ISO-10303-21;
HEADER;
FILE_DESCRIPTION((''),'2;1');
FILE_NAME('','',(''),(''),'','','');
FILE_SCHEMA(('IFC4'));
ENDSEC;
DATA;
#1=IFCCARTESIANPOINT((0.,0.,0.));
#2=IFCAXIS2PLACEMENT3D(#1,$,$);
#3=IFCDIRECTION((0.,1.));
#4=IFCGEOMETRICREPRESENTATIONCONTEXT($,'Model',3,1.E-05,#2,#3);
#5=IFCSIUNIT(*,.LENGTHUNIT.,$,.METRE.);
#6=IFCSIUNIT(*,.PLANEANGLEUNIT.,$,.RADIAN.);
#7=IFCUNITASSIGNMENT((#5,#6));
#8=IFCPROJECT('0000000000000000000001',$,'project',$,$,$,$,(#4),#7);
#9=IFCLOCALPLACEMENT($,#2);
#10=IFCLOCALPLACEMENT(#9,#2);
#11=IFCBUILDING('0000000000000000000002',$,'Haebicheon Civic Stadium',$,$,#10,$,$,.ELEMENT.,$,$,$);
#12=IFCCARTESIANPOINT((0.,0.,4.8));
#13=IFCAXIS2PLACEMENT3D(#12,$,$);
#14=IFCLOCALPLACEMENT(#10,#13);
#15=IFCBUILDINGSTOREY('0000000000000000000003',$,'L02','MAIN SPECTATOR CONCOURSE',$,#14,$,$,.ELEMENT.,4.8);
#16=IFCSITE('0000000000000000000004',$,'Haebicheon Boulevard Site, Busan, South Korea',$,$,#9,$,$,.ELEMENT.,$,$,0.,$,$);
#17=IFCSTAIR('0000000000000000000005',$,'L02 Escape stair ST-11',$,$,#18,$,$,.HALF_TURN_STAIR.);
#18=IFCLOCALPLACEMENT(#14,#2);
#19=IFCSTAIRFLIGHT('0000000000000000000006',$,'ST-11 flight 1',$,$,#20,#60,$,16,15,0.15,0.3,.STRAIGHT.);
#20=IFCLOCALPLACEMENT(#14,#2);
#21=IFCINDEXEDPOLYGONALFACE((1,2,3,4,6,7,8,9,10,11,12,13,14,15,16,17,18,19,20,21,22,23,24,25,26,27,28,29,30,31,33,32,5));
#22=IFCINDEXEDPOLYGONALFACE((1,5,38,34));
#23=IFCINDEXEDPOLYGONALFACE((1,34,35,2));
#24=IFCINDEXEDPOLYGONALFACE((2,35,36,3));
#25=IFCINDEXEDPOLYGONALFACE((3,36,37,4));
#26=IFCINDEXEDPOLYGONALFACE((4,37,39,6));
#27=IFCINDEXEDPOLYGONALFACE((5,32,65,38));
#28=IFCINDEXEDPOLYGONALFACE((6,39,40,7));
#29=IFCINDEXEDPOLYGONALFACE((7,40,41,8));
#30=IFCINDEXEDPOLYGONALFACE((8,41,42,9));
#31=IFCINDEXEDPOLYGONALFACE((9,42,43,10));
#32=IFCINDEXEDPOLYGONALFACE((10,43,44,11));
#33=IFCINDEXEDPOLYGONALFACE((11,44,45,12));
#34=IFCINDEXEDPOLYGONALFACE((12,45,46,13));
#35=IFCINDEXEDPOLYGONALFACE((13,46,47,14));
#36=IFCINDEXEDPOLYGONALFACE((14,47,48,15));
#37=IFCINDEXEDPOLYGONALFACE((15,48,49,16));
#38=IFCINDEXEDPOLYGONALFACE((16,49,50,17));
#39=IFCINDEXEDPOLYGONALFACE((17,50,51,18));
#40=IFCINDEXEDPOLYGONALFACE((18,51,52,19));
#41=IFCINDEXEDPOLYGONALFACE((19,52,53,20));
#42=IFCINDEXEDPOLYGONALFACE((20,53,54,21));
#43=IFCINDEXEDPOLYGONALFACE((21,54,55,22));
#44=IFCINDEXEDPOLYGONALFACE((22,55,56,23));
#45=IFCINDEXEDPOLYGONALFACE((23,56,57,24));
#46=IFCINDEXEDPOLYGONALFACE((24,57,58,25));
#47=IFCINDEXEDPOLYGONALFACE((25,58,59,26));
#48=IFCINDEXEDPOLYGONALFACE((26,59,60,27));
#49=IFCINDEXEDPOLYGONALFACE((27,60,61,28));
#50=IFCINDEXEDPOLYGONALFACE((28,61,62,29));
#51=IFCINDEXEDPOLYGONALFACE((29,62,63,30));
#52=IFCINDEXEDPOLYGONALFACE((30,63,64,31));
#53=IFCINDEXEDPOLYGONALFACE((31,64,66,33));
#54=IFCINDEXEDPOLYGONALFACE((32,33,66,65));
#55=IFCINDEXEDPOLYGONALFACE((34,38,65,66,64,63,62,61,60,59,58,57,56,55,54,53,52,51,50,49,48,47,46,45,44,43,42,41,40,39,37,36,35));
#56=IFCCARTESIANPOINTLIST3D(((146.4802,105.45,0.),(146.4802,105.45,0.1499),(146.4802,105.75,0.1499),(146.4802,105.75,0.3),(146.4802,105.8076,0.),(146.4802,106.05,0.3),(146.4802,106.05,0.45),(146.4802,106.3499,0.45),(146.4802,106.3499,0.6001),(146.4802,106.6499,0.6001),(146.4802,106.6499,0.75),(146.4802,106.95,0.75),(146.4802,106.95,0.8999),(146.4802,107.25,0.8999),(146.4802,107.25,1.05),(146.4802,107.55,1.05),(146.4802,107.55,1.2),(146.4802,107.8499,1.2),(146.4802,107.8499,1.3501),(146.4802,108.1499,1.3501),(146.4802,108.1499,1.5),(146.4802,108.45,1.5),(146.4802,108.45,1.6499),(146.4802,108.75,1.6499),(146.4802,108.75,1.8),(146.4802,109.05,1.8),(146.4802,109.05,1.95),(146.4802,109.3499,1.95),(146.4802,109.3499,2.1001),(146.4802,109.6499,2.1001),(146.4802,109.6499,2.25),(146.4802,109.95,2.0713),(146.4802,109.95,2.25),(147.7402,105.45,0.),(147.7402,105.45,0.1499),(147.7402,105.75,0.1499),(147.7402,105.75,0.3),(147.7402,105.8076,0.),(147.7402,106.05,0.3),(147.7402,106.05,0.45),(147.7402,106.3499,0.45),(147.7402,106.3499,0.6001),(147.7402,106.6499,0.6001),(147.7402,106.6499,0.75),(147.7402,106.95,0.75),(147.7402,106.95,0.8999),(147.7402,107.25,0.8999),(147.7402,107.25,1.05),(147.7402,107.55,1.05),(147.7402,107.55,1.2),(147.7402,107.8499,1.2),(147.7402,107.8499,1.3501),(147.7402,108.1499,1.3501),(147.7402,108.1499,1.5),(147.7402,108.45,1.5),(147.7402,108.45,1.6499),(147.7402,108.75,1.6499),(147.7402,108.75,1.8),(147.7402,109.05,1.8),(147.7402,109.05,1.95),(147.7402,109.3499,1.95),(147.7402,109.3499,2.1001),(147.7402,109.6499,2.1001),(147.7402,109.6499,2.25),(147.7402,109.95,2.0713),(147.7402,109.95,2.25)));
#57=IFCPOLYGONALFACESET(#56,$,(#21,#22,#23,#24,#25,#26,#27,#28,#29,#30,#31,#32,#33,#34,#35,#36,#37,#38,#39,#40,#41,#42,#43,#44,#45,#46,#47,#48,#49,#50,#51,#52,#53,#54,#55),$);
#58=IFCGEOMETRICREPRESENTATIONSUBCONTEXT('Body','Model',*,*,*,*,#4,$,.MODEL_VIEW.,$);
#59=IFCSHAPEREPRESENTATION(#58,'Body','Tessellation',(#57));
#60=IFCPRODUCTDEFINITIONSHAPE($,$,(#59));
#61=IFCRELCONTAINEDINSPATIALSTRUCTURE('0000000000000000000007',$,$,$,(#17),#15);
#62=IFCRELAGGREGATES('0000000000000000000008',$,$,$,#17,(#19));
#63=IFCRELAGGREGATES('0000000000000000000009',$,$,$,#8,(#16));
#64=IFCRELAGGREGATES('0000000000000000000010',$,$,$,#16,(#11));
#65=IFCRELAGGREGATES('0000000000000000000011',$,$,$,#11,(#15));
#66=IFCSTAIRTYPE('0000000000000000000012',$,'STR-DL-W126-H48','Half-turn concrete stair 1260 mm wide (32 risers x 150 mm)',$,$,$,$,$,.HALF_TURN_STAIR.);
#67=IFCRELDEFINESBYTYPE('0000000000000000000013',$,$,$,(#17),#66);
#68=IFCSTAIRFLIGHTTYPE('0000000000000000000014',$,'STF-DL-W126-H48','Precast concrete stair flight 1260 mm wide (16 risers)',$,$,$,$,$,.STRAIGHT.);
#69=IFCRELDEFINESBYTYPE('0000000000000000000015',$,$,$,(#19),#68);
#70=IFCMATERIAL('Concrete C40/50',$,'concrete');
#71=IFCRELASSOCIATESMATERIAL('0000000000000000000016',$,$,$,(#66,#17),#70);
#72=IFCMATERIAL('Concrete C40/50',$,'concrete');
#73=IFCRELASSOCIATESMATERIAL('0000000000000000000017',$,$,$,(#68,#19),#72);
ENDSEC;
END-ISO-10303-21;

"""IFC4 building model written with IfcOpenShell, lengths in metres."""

from ifc_helpers import new_model, si_unit, direction, frame, origin, place, context, subcontext, project, spatial, polyline, outline, extrude, material, type_object, element, aggregate, save


model = new_model("IFC4")

# Units and contexts
model_context = context("Model", 3, precision=1e-05, world=origin(), true_north=direction((0.0, 1.0)))
body_context = subcontext(model_context, "Body", "Model", "MODEL_VIEW")
ifc_project = project(units=[si_unit("LENGTHUNIT", "METRE"), si_unit("PLANEANGLEUNIT", "RADIAN")], contexts=[model_context])

# Site, building, storey
site_placement = place(None, origin())
site = spatial("IfcSite", under=ifc_project, at=site_placement, Name="Haebicheon Boulevard Site, Busan, South Korea", CompositionType="ELEMENT", RefElevation=0.0)
building_placement = place(site_placement, origin())
building = spatial("IfcBuilding", under=site, at=building_placement, Name="Haebicheon Civic Stadium", CompositionType="ELEMENT")
storey_placement = place(building_placement, frame((0.0, 0.0, 4.8)))
storey = spatial("IfcBuildingStorey", under=building, at=storey_placement, Name="L02", Description="MAIN SPECTATOR CONCOURSE", CompositionType="ELEMENT", Elevation=4.8)

# Stair, stair flight
ifc_material_1 = material(Name="Concrete C40/50", Category="concrete")
stair_type = type_object("IfcStairType", Name="STR-DL-W126-H48", Description="Half-turn concrete stair 1260 mm wide (32 risers x 150 mm)", PredefinedType="HALF_TURN_STAIR", material=ifc_material_1)
stair_placement = place(storey_placement, origin())
stair = element("IfcStair", 1, at=stair_placement, inside=storey, type_object=stair_type, material=ifc_material_1, Name="L02 Escape stair ST-11", PredefinedType="HALF_TURN_STAIR")
ifc_material_2 = material(Name="Concrete C40/50", Category="concrete")
stair_flight_type = type_object("IfcStairFlightType", Name="STF-DL-W126-H48", Description="Precast concrete stair flight 1260 mm wide (16 risers)", PredefinedType="STRAIGHT", material=ifc_material_2)
stair_flight_placement = place(storey_placement, frame((147.1101, 105.45, 0.0), z_axis=(0.0, 0.0, 1.0), x_axis=(0.0, 1.0, 0.0)))
stair_flight = element("IfcStairFlight", 2, at=stair_flight_placement, type_object=stair_flight_type, material=ifc_material_2, Name="ST-11 flight 1", NumberOfRisers=16, NumberOfTreads=15, PredefinedType="STRAIGHT", RiserHeight=0.15, TreadLength=0.3, context=body_context, shape_type="SweptSolid", body=[
    extrude(outline(polyline([(0.0, 0.0), (0.0, 0.1499), (0.3, 0.1499), (0.3, 0.3), (0.6001, 0.3), (0.6001, 0.45), (0.8999, 0.45), (0.8999, 0.6001), (1.2, 0.6001), (1.2, 0.75), (1.5, 0.75), (1.5, 0.8999), (1.8, 0.8999), (1.8, 1.05), (2.1001, 1.05), (2.1001, 1.2), (2.3999, 1.2), (2.3999, 1.3501), (2.7, 1.3501), (2.7, 1.5), (3.0, 1.5), (3.0, 1.6499), (3.3, 1.6499), (3.3, 1.8), (3.6001, 1.8), (3.6001, 1.95), (3.8999, 1.95), (3.8999, 2.1001), (4.2, 2.1001), (4.2, 2.25), (4.5, 2.25), (4.5, 2.3999), (4.5, 2.0713), (0.3577, 0.0), (0.0, 0.0)])), frame((0.0, 0.6299, 0.0), z_axis=(0.0, -1.0, 0.0), x_axis=(1.0, 0.0, 0.0)), (0.0, 0.0, 1.0), 1.26),
])
aggregate(stair, [stair_flight])

save(model, "model.ifc")
